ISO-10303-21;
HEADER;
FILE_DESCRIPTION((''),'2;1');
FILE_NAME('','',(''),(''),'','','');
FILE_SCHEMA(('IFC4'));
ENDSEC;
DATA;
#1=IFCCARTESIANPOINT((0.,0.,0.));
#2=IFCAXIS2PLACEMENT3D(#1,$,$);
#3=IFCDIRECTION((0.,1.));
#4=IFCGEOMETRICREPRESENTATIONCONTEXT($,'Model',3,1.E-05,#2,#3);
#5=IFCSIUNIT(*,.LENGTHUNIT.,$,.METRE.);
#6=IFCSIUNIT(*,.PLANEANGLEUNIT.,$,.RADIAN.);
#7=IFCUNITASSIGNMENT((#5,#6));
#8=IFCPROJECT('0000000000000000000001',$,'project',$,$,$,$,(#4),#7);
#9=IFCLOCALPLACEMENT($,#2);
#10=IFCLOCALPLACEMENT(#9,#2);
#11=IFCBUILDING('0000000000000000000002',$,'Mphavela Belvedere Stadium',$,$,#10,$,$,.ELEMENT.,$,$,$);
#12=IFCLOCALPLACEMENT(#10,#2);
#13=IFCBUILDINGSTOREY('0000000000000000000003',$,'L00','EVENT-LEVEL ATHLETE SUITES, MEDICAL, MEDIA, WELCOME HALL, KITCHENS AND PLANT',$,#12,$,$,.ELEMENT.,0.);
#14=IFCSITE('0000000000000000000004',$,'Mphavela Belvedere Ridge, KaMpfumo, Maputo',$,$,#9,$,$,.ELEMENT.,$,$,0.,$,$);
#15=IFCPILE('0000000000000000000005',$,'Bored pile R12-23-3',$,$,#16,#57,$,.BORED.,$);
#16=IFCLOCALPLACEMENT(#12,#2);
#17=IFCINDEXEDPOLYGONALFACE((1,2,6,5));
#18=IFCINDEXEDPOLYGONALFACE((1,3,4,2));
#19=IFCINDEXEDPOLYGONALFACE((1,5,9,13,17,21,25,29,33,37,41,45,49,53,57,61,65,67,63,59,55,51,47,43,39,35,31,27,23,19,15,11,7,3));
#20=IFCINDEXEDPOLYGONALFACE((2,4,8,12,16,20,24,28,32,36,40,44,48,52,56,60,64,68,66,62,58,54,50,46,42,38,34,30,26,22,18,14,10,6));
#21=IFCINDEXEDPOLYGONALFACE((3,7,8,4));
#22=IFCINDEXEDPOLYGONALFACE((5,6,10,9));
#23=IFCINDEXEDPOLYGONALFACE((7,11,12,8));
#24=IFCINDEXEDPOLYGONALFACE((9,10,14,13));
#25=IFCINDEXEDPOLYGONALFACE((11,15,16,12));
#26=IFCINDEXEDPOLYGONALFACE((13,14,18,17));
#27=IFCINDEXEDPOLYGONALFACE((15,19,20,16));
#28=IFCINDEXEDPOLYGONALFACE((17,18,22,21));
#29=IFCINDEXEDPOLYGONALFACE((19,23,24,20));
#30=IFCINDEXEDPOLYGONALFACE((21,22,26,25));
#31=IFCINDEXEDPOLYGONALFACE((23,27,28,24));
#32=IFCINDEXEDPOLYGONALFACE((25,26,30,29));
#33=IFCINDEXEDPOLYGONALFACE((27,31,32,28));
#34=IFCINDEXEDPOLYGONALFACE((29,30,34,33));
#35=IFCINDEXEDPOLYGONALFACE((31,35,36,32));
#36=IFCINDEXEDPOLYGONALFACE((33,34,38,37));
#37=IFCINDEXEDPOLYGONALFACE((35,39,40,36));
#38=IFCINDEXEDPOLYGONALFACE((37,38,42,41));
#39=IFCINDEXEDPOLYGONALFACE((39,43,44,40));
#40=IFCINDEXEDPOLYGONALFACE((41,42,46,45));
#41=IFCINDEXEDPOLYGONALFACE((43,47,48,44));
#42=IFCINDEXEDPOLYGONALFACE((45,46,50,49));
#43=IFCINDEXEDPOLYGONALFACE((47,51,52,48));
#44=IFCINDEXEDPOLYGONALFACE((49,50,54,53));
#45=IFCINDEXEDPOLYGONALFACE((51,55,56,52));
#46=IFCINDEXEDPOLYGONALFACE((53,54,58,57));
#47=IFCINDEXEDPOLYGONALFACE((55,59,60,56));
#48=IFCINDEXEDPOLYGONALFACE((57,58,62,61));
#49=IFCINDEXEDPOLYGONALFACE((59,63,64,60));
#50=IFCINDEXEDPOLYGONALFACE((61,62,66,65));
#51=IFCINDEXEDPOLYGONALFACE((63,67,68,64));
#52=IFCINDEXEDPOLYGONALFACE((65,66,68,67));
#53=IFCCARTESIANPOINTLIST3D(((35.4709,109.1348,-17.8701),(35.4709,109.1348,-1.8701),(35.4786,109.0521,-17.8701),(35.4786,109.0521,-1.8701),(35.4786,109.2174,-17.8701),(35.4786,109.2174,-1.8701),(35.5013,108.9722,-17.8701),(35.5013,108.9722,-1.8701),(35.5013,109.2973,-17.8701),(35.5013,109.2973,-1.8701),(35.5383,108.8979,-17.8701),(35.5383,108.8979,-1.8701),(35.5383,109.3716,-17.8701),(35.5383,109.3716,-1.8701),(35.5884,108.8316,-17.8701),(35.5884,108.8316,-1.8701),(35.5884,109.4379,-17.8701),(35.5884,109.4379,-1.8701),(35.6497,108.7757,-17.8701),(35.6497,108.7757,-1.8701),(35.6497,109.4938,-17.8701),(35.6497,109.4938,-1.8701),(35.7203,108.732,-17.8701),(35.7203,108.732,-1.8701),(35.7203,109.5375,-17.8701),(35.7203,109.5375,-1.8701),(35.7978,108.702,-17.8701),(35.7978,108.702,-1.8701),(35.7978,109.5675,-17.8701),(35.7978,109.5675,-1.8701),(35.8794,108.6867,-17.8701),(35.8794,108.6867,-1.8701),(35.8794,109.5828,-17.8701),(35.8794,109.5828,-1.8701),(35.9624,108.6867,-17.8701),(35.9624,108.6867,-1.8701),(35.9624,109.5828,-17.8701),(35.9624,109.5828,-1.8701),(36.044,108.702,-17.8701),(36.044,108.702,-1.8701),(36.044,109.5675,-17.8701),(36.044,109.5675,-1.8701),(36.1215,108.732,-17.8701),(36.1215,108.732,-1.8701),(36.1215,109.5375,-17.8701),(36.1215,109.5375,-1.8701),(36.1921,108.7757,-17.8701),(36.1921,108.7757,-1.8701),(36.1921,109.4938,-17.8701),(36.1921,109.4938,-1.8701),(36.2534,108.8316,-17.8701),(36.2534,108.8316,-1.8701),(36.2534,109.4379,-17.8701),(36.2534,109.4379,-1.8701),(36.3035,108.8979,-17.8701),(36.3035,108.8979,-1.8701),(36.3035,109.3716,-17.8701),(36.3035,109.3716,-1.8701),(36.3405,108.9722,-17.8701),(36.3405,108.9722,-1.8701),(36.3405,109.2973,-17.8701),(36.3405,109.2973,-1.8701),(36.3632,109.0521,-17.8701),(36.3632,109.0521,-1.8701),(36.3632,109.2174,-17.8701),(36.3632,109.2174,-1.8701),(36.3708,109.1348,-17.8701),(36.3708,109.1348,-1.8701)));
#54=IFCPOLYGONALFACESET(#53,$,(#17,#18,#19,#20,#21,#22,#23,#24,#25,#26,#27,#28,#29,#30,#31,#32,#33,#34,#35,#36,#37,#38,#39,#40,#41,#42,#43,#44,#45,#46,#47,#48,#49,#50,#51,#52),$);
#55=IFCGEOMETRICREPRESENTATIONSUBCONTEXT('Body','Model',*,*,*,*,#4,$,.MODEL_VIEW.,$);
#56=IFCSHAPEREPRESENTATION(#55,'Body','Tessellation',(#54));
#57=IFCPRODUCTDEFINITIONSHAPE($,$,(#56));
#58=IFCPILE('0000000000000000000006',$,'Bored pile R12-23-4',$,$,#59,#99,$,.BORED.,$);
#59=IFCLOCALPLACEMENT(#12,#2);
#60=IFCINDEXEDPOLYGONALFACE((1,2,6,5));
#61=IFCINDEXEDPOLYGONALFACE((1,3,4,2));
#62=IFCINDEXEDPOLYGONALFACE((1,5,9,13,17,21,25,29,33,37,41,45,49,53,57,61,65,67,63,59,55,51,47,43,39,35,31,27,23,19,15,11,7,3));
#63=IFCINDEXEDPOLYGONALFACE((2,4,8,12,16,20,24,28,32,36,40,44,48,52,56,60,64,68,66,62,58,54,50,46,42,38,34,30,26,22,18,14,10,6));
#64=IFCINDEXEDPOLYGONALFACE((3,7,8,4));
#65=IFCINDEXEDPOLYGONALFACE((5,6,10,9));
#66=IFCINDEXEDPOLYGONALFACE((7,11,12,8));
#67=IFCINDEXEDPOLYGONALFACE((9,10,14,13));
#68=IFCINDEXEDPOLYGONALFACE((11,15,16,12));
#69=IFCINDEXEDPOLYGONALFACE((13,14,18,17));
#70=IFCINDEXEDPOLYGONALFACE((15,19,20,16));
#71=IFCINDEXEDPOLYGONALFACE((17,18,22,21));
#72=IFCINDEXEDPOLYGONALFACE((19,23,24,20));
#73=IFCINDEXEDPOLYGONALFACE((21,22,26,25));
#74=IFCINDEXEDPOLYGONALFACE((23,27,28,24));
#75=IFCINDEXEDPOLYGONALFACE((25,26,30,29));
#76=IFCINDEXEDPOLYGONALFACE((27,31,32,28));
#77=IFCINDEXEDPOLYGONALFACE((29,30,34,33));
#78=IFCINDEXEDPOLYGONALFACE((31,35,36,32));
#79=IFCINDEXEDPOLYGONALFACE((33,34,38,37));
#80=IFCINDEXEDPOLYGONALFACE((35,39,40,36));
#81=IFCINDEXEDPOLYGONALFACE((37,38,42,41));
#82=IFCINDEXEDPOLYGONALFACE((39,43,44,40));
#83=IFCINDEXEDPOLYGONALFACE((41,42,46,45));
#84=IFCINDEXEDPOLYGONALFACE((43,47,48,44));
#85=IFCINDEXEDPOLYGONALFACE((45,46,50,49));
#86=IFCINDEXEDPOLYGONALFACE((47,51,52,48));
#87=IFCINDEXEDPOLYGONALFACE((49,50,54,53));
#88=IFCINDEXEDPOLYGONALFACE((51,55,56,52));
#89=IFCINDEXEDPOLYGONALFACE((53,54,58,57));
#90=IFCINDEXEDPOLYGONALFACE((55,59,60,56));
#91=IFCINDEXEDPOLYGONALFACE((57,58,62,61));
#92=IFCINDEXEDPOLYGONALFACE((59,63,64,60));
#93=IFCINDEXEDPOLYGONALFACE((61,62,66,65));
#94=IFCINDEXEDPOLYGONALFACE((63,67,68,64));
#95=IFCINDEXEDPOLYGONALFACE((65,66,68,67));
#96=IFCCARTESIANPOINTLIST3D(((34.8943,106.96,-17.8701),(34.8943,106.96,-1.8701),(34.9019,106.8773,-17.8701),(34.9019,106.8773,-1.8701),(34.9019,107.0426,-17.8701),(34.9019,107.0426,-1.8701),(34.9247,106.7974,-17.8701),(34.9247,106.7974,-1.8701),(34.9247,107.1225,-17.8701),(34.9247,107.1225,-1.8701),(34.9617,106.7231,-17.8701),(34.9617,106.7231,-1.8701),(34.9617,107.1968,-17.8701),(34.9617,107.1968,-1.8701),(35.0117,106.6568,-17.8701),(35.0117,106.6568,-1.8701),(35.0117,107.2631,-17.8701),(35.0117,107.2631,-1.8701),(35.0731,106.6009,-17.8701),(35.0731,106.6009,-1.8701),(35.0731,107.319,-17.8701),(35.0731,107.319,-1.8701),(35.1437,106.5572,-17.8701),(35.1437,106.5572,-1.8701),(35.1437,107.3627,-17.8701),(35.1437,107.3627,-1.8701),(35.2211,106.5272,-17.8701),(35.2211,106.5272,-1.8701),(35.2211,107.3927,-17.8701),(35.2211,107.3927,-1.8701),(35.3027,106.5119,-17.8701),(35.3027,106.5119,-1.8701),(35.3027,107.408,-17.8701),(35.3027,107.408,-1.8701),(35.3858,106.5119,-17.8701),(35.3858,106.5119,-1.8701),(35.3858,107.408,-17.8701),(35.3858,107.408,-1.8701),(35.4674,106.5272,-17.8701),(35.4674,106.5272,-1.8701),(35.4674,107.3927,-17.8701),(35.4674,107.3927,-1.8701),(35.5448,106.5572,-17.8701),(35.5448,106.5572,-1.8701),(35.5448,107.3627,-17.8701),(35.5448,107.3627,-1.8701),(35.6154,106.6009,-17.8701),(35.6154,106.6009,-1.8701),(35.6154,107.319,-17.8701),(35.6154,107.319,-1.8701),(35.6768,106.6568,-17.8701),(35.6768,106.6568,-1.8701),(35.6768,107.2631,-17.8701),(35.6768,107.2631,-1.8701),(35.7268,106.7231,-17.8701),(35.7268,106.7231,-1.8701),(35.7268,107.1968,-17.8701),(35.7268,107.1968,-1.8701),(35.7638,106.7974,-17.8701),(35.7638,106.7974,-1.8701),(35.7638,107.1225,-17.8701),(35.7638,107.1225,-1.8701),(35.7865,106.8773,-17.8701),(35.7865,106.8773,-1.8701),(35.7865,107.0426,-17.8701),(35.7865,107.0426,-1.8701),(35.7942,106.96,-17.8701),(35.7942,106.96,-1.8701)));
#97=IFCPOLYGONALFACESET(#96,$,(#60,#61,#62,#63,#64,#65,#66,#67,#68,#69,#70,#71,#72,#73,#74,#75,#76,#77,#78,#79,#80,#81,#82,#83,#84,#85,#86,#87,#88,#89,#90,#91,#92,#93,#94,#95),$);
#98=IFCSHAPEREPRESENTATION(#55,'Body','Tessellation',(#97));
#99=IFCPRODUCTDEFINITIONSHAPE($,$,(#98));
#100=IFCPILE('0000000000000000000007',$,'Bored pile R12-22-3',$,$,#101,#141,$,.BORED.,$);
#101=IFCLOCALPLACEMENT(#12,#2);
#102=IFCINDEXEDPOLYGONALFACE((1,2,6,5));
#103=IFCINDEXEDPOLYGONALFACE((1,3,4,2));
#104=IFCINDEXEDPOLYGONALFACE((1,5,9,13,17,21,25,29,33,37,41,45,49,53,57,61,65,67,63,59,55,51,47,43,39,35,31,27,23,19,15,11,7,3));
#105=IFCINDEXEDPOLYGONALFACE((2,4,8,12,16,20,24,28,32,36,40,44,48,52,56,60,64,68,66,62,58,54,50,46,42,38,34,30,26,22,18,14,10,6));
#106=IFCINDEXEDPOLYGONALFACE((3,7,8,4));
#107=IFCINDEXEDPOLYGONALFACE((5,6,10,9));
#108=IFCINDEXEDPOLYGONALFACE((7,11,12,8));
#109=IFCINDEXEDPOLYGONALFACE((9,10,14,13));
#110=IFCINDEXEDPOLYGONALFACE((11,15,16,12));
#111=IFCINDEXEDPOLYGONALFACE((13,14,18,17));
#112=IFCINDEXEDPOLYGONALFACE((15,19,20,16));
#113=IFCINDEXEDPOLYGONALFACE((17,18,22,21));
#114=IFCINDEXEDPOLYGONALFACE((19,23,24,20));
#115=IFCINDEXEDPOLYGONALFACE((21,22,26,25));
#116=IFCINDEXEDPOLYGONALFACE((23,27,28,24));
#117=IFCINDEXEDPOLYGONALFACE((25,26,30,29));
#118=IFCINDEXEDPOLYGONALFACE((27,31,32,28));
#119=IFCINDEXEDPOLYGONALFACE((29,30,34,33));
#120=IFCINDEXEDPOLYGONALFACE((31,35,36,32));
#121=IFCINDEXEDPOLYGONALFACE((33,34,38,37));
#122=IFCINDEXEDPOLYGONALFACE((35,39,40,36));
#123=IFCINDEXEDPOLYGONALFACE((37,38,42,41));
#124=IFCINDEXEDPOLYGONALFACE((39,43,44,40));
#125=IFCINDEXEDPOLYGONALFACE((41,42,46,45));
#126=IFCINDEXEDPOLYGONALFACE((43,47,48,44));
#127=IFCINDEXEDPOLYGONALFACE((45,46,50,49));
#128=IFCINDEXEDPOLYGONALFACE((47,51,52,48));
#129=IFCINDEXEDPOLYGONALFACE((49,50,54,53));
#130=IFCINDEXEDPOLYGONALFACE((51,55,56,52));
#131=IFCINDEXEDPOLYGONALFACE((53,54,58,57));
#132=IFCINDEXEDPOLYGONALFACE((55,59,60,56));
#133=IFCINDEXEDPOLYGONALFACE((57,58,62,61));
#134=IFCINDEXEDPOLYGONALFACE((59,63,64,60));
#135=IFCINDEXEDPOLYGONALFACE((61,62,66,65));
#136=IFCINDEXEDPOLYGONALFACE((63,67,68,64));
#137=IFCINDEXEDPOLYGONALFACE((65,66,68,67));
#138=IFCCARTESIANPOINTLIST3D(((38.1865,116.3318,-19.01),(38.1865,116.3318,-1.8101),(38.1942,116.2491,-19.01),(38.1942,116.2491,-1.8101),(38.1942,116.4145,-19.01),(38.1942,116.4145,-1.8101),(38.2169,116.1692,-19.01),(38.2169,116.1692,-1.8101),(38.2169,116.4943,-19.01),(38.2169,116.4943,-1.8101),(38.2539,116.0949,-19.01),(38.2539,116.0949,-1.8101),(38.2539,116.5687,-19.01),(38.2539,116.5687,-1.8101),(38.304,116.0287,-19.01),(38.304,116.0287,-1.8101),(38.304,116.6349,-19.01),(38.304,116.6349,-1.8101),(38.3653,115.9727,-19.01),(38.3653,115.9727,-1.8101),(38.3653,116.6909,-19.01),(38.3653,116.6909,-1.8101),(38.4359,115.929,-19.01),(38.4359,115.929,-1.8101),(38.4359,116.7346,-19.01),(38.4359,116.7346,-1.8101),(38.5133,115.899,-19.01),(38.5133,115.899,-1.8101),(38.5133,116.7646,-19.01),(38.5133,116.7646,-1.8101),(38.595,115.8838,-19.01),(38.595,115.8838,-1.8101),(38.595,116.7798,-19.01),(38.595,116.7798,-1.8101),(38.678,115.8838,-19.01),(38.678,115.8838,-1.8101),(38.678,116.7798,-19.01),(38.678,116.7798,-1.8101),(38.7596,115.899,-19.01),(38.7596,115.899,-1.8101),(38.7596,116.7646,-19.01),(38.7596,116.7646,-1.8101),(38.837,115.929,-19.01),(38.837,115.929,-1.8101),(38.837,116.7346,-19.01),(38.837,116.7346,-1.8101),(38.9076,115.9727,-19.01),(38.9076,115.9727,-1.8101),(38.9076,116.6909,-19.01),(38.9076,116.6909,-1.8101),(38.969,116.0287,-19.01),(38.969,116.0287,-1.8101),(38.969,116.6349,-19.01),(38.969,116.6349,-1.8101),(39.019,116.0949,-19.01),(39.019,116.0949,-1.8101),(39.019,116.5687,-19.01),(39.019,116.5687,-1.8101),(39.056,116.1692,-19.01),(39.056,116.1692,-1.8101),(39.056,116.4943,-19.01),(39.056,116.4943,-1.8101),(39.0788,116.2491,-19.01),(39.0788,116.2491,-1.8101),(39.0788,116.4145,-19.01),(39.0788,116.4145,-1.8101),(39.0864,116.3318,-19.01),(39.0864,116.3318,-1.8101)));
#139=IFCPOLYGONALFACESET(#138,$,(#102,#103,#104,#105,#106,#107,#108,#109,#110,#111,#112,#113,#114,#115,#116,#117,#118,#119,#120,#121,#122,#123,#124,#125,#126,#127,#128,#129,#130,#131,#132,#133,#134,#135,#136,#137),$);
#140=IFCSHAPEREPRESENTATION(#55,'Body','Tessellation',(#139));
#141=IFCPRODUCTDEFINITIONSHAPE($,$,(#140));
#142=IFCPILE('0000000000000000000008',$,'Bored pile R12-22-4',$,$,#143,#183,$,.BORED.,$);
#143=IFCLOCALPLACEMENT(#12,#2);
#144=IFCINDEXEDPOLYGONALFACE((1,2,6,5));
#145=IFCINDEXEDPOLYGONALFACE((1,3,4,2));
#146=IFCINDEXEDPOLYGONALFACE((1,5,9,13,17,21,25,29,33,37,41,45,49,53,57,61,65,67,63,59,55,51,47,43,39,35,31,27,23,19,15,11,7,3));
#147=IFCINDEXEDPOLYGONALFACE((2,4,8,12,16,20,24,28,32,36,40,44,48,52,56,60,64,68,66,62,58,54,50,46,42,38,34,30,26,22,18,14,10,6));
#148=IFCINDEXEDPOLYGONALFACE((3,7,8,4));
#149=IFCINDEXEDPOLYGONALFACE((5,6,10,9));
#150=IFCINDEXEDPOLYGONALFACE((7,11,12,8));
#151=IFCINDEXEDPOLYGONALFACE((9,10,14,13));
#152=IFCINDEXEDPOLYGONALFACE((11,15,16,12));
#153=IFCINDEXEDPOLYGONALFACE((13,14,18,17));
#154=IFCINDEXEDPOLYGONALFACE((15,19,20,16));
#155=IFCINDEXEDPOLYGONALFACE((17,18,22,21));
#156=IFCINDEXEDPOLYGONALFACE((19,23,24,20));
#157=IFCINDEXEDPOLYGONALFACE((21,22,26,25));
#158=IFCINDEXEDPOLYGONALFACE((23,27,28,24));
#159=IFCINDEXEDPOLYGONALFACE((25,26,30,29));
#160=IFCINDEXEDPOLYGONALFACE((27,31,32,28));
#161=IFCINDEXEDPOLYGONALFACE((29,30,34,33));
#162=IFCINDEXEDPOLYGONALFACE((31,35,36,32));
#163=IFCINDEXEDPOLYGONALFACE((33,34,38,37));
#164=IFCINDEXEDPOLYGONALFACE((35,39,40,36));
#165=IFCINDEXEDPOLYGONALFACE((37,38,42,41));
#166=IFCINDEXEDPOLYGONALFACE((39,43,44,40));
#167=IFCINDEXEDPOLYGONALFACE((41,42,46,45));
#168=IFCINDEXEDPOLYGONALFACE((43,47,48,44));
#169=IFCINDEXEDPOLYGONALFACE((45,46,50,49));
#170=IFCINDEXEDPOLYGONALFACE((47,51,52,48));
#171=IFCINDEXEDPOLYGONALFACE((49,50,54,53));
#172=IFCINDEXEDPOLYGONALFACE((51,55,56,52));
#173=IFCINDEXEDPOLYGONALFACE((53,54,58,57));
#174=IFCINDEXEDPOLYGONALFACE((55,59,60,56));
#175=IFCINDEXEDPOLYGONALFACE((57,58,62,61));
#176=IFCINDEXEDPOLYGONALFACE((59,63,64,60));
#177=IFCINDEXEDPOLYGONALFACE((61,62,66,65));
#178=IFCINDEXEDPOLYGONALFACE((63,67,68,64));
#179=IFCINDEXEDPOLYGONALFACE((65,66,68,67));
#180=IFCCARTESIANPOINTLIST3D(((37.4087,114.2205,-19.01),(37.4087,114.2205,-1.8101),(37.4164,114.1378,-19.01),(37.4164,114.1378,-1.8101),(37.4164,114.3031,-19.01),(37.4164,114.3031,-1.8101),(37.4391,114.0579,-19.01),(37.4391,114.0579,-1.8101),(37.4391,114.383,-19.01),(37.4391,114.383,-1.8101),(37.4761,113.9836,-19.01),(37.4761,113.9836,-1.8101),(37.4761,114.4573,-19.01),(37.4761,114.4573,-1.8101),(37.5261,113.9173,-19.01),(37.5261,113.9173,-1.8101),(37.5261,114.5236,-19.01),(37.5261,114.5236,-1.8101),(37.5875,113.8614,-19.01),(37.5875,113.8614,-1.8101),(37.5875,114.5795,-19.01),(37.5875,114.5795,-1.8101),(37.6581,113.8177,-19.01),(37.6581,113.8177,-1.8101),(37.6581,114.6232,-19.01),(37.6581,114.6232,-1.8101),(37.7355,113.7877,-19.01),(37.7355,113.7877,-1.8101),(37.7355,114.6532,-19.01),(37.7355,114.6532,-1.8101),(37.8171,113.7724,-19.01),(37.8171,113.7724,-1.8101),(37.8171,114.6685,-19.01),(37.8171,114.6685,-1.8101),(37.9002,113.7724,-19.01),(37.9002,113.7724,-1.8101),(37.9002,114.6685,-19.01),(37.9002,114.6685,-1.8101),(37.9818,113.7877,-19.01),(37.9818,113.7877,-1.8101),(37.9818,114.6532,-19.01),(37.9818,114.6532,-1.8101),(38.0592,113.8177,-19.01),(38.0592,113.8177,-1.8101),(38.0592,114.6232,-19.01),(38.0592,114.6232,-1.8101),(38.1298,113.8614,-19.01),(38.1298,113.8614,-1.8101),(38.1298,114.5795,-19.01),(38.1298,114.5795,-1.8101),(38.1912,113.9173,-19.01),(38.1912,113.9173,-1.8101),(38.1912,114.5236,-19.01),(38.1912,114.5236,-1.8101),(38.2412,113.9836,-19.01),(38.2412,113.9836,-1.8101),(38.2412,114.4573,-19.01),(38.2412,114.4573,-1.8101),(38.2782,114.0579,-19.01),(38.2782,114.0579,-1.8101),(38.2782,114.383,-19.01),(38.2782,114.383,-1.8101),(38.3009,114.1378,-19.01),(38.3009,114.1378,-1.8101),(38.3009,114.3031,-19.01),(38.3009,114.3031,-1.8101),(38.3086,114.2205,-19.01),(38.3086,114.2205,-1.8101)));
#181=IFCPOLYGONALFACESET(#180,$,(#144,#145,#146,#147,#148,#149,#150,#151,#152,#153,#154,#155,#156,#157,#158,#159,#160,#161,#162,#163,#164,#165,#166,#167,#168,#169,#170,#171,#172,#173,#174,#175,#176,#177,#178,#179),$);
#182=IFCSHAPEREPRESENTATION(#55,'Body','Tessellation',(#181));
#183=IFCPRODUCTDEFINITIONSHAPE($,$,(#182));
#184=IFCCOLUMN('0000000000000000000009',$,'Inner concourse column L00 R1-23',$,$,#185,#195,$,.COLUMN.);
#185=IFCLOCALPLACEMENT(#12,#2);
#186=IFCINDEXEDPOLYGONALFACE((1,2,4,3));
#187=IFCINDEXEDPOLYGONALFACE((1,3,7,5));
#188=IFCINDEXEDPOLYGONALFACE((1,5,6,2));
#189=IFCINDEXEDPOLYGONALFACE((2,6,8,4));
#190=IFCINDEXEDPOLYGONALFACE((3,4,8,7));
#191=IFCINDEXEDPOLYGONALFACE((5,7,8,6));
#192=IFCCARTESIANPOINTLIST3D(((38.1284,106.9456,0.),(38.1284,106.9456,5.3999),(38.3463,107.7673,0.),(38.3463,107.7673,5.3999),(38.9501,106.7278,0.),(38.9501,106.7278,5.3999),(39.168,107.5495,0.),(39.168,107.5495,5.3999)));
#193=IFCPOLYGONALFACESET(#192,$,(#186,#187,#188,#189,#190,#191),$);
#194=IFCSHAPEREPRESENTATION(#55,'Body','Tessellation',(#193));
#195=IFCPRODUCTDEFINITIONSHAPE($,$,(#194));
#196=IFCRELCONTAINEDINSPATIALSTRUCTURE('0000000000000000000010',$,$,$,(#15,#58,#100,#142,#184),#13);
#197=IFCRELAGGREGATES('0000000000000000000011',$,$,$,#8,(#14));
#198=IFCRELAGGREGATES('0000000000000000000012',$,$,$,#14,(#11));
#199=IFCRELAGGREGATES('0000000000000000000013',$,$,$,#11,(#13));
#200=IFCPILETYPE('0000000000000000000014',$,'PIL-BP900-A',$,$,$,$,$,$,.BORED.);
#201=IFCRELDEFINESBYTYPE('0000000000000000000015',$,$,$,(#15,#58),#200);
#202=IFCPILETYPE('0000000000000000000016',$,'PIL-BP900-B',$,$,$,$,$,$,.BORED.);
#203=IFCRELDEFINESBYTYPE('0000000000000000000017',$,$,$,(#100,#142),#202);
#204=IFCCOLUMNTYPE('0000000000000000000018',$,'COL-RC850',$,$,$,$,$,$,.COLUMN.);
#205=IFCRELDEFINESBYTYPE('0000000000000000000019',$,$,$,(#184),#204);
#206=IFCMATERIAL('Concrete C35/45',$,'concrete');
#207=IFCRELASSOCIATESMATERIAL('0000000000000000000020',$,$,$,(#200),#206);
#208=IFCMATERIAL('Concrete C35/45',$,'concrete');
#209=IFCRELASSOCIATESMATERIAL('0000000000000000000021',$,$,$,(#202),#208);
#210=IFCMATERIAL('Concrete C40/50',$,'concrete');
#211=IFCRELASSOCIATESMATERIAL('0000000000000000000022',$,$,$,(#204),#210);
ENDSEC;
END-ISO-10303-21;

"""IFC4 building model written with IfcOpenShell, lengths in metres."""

from ifc_helpers import new_model, si_unit, direction, frame, origin, origin_2d, place, context, subcontext, project, spatial, rectangle, circle, extrude, material, material_profile, profile_set, type_object, element, save


model = new_model("IFC4")

# Units and contexts
model_context = context("Model", 3, precision=1e-05, world=origin(), true_north=direction((0.0, 1.0)))
body_context = subcontext(model_context, "Body", "Model", "MODEL_VIEW")
ifc_project = project(units=[si_unit("LENGTHUNIT", "METRE"), si_unit("PLANEANGLEUNIT", "RADIAN")], contexts=[model_context])

# Site, building, storey
site_placement = place(None, origin())
site = spatial("IfcSite", under=ifc_project, at=site_placement, Name="Mphavela Belvedere Ridge, KaMpfumo, Maputo", CompositionType="ELEMENT", RefElevation=0.0)
building_placement = place(site_placement, origin())
building = spatial("IfcBuilding", under=site, at=building_placement, Name="Mphavela Belvedere Stadium", CompositionType="ELEMENT")
storey_placement = place(building_placement, origin())
storey = spatial("IfcBuildingStorey", under=building, at=storey_placement, Name="L00", Description="EVENT-LEVEL ATHLETE SUITES, MEDICAL, MEDIA, WELCOME HALL, KITCHENS AND PLANT", CompositionType="ELEMENT", Elevation=0.0)

# Piles
ifc_material_1 = material(Name="Concrete C35/45", Category="concrete")
ifc_material_profile_1 = material_profile(ifc_material_1, circle(Radius=0.45, at=origin_2d()), Name="BP D900")
ifc_profile_set_1 = profile_set([ifc_material_profile_1], Name="Concrete C35/45")
pile_type_1 = type_object("IfcPileType", Name="PIL-BP900-A", PredefinedType="BORED", material=ifc_profile_set_1)
for number, where, z_axis, x_axis, name in (
    (1, (35.9209, 109.1348, -1.8701), (0.0, 0.0, -1.0), (1.0, 0.0, 0.0), "Bored pile R12-23-3"),
    (2, (35.3442, 106.96, -1.8701), (0.0, 0.0, -1.0), (1.0, 0.0, 0.0), "Bored pile R12-23-4"),
):
    element("IfcPile", number, at=place(storey_placement, frame(where, z_axis=z_axis, x_axis=x_axis)), inside=storey, type_object=pile_type_1, Name=name, PredefinedType="BORED", context=body_context, shape_type="SweptSolid", body=[
        extrude(circle(Radius=0.45, at=origin_2d()), origin(), (0.0, 0.0, 1.0), 16.0),
    ])
ifc_material_2 = material(Name="Concrete C35/45", Category="concrete")
ifc_material_profile_2 = material_profile(ifc_material_2, circle(Radius=0.45, at=origin_2d()), Name="BP D900")
ifc_profile_set_2 = profile_set([ifc_material_profile_2], Name="Concrete C35/45")
pile_type_2 = type_object("IfcPileType", Name="PIL-BP900-B", PredefinedType="BORED", material=ifc_profile_set_2)
for number, where, z_axis, x_axis, name in (
    (3, (38.6365, 116.3318, -1.8101), (0.0, 0.0, -1.0), (1.0, 0.0, 0.0), "Bored pile R12-22-3"),
    (4, (37.8586, 114.2205, -1.8101), (0.0, 0.0, -1.0), (1.0, 0.0, 0.0), "Bored pile R12-22-4"),
):
    element("IfcPile", number, at=place(storey_placement, frame(where, z_axis=z_axis, x_axis=x_axis)), inside=storey, type_object=pile_type_2, Name=name, PredefinedType="BORED", context=body_context, shape_type="SweptSolid", body=[
        extrude(circle(Radius=0.45, at=origin_2d()), origin(), (0.0, 0.0, 1.0), 17.2),
    ])

# Column
ifc_material_3 = material(Name="Concrete C40/50", Category="concrete")
ifc_material_profile_3 = material_profile(ifc_material_3, rectangle(XDim=0.8501, YDim=0.8501, at=origin_2d()), Name="RC 850x850")
ifc_profile_set_3 = profile_set([ifc_material_profile_3], Name="Concrete C40/50")
column_type_1 = type_object("IfcColumnType", Name="COL-RC850", PredefinedType="COLUMN", material=ifc_profile_set_3)
column_1_placement = place(storey_placement, frame((38.6482, 107.2476, 0.0), z_axis=(0.0, 0.0, 1.0), x_axis=(-0.9666, 0.256289, 0.0)))
element("IfcColumn", 5, at=column_1_placement, inside=storey, type_object=column_type_1, Name="Inner concourse column L00 R1-23", PredefinedType="COLUMN", context=body_context, shape_type="SweptSolid", body=[
    extrude(rectangle(XDim=0.8501, YDim=0.8501, at=origin_2d()), origin(), (0.0, 0.0, 1.0), 5.3999),
])

save(model, "model.ifc")
